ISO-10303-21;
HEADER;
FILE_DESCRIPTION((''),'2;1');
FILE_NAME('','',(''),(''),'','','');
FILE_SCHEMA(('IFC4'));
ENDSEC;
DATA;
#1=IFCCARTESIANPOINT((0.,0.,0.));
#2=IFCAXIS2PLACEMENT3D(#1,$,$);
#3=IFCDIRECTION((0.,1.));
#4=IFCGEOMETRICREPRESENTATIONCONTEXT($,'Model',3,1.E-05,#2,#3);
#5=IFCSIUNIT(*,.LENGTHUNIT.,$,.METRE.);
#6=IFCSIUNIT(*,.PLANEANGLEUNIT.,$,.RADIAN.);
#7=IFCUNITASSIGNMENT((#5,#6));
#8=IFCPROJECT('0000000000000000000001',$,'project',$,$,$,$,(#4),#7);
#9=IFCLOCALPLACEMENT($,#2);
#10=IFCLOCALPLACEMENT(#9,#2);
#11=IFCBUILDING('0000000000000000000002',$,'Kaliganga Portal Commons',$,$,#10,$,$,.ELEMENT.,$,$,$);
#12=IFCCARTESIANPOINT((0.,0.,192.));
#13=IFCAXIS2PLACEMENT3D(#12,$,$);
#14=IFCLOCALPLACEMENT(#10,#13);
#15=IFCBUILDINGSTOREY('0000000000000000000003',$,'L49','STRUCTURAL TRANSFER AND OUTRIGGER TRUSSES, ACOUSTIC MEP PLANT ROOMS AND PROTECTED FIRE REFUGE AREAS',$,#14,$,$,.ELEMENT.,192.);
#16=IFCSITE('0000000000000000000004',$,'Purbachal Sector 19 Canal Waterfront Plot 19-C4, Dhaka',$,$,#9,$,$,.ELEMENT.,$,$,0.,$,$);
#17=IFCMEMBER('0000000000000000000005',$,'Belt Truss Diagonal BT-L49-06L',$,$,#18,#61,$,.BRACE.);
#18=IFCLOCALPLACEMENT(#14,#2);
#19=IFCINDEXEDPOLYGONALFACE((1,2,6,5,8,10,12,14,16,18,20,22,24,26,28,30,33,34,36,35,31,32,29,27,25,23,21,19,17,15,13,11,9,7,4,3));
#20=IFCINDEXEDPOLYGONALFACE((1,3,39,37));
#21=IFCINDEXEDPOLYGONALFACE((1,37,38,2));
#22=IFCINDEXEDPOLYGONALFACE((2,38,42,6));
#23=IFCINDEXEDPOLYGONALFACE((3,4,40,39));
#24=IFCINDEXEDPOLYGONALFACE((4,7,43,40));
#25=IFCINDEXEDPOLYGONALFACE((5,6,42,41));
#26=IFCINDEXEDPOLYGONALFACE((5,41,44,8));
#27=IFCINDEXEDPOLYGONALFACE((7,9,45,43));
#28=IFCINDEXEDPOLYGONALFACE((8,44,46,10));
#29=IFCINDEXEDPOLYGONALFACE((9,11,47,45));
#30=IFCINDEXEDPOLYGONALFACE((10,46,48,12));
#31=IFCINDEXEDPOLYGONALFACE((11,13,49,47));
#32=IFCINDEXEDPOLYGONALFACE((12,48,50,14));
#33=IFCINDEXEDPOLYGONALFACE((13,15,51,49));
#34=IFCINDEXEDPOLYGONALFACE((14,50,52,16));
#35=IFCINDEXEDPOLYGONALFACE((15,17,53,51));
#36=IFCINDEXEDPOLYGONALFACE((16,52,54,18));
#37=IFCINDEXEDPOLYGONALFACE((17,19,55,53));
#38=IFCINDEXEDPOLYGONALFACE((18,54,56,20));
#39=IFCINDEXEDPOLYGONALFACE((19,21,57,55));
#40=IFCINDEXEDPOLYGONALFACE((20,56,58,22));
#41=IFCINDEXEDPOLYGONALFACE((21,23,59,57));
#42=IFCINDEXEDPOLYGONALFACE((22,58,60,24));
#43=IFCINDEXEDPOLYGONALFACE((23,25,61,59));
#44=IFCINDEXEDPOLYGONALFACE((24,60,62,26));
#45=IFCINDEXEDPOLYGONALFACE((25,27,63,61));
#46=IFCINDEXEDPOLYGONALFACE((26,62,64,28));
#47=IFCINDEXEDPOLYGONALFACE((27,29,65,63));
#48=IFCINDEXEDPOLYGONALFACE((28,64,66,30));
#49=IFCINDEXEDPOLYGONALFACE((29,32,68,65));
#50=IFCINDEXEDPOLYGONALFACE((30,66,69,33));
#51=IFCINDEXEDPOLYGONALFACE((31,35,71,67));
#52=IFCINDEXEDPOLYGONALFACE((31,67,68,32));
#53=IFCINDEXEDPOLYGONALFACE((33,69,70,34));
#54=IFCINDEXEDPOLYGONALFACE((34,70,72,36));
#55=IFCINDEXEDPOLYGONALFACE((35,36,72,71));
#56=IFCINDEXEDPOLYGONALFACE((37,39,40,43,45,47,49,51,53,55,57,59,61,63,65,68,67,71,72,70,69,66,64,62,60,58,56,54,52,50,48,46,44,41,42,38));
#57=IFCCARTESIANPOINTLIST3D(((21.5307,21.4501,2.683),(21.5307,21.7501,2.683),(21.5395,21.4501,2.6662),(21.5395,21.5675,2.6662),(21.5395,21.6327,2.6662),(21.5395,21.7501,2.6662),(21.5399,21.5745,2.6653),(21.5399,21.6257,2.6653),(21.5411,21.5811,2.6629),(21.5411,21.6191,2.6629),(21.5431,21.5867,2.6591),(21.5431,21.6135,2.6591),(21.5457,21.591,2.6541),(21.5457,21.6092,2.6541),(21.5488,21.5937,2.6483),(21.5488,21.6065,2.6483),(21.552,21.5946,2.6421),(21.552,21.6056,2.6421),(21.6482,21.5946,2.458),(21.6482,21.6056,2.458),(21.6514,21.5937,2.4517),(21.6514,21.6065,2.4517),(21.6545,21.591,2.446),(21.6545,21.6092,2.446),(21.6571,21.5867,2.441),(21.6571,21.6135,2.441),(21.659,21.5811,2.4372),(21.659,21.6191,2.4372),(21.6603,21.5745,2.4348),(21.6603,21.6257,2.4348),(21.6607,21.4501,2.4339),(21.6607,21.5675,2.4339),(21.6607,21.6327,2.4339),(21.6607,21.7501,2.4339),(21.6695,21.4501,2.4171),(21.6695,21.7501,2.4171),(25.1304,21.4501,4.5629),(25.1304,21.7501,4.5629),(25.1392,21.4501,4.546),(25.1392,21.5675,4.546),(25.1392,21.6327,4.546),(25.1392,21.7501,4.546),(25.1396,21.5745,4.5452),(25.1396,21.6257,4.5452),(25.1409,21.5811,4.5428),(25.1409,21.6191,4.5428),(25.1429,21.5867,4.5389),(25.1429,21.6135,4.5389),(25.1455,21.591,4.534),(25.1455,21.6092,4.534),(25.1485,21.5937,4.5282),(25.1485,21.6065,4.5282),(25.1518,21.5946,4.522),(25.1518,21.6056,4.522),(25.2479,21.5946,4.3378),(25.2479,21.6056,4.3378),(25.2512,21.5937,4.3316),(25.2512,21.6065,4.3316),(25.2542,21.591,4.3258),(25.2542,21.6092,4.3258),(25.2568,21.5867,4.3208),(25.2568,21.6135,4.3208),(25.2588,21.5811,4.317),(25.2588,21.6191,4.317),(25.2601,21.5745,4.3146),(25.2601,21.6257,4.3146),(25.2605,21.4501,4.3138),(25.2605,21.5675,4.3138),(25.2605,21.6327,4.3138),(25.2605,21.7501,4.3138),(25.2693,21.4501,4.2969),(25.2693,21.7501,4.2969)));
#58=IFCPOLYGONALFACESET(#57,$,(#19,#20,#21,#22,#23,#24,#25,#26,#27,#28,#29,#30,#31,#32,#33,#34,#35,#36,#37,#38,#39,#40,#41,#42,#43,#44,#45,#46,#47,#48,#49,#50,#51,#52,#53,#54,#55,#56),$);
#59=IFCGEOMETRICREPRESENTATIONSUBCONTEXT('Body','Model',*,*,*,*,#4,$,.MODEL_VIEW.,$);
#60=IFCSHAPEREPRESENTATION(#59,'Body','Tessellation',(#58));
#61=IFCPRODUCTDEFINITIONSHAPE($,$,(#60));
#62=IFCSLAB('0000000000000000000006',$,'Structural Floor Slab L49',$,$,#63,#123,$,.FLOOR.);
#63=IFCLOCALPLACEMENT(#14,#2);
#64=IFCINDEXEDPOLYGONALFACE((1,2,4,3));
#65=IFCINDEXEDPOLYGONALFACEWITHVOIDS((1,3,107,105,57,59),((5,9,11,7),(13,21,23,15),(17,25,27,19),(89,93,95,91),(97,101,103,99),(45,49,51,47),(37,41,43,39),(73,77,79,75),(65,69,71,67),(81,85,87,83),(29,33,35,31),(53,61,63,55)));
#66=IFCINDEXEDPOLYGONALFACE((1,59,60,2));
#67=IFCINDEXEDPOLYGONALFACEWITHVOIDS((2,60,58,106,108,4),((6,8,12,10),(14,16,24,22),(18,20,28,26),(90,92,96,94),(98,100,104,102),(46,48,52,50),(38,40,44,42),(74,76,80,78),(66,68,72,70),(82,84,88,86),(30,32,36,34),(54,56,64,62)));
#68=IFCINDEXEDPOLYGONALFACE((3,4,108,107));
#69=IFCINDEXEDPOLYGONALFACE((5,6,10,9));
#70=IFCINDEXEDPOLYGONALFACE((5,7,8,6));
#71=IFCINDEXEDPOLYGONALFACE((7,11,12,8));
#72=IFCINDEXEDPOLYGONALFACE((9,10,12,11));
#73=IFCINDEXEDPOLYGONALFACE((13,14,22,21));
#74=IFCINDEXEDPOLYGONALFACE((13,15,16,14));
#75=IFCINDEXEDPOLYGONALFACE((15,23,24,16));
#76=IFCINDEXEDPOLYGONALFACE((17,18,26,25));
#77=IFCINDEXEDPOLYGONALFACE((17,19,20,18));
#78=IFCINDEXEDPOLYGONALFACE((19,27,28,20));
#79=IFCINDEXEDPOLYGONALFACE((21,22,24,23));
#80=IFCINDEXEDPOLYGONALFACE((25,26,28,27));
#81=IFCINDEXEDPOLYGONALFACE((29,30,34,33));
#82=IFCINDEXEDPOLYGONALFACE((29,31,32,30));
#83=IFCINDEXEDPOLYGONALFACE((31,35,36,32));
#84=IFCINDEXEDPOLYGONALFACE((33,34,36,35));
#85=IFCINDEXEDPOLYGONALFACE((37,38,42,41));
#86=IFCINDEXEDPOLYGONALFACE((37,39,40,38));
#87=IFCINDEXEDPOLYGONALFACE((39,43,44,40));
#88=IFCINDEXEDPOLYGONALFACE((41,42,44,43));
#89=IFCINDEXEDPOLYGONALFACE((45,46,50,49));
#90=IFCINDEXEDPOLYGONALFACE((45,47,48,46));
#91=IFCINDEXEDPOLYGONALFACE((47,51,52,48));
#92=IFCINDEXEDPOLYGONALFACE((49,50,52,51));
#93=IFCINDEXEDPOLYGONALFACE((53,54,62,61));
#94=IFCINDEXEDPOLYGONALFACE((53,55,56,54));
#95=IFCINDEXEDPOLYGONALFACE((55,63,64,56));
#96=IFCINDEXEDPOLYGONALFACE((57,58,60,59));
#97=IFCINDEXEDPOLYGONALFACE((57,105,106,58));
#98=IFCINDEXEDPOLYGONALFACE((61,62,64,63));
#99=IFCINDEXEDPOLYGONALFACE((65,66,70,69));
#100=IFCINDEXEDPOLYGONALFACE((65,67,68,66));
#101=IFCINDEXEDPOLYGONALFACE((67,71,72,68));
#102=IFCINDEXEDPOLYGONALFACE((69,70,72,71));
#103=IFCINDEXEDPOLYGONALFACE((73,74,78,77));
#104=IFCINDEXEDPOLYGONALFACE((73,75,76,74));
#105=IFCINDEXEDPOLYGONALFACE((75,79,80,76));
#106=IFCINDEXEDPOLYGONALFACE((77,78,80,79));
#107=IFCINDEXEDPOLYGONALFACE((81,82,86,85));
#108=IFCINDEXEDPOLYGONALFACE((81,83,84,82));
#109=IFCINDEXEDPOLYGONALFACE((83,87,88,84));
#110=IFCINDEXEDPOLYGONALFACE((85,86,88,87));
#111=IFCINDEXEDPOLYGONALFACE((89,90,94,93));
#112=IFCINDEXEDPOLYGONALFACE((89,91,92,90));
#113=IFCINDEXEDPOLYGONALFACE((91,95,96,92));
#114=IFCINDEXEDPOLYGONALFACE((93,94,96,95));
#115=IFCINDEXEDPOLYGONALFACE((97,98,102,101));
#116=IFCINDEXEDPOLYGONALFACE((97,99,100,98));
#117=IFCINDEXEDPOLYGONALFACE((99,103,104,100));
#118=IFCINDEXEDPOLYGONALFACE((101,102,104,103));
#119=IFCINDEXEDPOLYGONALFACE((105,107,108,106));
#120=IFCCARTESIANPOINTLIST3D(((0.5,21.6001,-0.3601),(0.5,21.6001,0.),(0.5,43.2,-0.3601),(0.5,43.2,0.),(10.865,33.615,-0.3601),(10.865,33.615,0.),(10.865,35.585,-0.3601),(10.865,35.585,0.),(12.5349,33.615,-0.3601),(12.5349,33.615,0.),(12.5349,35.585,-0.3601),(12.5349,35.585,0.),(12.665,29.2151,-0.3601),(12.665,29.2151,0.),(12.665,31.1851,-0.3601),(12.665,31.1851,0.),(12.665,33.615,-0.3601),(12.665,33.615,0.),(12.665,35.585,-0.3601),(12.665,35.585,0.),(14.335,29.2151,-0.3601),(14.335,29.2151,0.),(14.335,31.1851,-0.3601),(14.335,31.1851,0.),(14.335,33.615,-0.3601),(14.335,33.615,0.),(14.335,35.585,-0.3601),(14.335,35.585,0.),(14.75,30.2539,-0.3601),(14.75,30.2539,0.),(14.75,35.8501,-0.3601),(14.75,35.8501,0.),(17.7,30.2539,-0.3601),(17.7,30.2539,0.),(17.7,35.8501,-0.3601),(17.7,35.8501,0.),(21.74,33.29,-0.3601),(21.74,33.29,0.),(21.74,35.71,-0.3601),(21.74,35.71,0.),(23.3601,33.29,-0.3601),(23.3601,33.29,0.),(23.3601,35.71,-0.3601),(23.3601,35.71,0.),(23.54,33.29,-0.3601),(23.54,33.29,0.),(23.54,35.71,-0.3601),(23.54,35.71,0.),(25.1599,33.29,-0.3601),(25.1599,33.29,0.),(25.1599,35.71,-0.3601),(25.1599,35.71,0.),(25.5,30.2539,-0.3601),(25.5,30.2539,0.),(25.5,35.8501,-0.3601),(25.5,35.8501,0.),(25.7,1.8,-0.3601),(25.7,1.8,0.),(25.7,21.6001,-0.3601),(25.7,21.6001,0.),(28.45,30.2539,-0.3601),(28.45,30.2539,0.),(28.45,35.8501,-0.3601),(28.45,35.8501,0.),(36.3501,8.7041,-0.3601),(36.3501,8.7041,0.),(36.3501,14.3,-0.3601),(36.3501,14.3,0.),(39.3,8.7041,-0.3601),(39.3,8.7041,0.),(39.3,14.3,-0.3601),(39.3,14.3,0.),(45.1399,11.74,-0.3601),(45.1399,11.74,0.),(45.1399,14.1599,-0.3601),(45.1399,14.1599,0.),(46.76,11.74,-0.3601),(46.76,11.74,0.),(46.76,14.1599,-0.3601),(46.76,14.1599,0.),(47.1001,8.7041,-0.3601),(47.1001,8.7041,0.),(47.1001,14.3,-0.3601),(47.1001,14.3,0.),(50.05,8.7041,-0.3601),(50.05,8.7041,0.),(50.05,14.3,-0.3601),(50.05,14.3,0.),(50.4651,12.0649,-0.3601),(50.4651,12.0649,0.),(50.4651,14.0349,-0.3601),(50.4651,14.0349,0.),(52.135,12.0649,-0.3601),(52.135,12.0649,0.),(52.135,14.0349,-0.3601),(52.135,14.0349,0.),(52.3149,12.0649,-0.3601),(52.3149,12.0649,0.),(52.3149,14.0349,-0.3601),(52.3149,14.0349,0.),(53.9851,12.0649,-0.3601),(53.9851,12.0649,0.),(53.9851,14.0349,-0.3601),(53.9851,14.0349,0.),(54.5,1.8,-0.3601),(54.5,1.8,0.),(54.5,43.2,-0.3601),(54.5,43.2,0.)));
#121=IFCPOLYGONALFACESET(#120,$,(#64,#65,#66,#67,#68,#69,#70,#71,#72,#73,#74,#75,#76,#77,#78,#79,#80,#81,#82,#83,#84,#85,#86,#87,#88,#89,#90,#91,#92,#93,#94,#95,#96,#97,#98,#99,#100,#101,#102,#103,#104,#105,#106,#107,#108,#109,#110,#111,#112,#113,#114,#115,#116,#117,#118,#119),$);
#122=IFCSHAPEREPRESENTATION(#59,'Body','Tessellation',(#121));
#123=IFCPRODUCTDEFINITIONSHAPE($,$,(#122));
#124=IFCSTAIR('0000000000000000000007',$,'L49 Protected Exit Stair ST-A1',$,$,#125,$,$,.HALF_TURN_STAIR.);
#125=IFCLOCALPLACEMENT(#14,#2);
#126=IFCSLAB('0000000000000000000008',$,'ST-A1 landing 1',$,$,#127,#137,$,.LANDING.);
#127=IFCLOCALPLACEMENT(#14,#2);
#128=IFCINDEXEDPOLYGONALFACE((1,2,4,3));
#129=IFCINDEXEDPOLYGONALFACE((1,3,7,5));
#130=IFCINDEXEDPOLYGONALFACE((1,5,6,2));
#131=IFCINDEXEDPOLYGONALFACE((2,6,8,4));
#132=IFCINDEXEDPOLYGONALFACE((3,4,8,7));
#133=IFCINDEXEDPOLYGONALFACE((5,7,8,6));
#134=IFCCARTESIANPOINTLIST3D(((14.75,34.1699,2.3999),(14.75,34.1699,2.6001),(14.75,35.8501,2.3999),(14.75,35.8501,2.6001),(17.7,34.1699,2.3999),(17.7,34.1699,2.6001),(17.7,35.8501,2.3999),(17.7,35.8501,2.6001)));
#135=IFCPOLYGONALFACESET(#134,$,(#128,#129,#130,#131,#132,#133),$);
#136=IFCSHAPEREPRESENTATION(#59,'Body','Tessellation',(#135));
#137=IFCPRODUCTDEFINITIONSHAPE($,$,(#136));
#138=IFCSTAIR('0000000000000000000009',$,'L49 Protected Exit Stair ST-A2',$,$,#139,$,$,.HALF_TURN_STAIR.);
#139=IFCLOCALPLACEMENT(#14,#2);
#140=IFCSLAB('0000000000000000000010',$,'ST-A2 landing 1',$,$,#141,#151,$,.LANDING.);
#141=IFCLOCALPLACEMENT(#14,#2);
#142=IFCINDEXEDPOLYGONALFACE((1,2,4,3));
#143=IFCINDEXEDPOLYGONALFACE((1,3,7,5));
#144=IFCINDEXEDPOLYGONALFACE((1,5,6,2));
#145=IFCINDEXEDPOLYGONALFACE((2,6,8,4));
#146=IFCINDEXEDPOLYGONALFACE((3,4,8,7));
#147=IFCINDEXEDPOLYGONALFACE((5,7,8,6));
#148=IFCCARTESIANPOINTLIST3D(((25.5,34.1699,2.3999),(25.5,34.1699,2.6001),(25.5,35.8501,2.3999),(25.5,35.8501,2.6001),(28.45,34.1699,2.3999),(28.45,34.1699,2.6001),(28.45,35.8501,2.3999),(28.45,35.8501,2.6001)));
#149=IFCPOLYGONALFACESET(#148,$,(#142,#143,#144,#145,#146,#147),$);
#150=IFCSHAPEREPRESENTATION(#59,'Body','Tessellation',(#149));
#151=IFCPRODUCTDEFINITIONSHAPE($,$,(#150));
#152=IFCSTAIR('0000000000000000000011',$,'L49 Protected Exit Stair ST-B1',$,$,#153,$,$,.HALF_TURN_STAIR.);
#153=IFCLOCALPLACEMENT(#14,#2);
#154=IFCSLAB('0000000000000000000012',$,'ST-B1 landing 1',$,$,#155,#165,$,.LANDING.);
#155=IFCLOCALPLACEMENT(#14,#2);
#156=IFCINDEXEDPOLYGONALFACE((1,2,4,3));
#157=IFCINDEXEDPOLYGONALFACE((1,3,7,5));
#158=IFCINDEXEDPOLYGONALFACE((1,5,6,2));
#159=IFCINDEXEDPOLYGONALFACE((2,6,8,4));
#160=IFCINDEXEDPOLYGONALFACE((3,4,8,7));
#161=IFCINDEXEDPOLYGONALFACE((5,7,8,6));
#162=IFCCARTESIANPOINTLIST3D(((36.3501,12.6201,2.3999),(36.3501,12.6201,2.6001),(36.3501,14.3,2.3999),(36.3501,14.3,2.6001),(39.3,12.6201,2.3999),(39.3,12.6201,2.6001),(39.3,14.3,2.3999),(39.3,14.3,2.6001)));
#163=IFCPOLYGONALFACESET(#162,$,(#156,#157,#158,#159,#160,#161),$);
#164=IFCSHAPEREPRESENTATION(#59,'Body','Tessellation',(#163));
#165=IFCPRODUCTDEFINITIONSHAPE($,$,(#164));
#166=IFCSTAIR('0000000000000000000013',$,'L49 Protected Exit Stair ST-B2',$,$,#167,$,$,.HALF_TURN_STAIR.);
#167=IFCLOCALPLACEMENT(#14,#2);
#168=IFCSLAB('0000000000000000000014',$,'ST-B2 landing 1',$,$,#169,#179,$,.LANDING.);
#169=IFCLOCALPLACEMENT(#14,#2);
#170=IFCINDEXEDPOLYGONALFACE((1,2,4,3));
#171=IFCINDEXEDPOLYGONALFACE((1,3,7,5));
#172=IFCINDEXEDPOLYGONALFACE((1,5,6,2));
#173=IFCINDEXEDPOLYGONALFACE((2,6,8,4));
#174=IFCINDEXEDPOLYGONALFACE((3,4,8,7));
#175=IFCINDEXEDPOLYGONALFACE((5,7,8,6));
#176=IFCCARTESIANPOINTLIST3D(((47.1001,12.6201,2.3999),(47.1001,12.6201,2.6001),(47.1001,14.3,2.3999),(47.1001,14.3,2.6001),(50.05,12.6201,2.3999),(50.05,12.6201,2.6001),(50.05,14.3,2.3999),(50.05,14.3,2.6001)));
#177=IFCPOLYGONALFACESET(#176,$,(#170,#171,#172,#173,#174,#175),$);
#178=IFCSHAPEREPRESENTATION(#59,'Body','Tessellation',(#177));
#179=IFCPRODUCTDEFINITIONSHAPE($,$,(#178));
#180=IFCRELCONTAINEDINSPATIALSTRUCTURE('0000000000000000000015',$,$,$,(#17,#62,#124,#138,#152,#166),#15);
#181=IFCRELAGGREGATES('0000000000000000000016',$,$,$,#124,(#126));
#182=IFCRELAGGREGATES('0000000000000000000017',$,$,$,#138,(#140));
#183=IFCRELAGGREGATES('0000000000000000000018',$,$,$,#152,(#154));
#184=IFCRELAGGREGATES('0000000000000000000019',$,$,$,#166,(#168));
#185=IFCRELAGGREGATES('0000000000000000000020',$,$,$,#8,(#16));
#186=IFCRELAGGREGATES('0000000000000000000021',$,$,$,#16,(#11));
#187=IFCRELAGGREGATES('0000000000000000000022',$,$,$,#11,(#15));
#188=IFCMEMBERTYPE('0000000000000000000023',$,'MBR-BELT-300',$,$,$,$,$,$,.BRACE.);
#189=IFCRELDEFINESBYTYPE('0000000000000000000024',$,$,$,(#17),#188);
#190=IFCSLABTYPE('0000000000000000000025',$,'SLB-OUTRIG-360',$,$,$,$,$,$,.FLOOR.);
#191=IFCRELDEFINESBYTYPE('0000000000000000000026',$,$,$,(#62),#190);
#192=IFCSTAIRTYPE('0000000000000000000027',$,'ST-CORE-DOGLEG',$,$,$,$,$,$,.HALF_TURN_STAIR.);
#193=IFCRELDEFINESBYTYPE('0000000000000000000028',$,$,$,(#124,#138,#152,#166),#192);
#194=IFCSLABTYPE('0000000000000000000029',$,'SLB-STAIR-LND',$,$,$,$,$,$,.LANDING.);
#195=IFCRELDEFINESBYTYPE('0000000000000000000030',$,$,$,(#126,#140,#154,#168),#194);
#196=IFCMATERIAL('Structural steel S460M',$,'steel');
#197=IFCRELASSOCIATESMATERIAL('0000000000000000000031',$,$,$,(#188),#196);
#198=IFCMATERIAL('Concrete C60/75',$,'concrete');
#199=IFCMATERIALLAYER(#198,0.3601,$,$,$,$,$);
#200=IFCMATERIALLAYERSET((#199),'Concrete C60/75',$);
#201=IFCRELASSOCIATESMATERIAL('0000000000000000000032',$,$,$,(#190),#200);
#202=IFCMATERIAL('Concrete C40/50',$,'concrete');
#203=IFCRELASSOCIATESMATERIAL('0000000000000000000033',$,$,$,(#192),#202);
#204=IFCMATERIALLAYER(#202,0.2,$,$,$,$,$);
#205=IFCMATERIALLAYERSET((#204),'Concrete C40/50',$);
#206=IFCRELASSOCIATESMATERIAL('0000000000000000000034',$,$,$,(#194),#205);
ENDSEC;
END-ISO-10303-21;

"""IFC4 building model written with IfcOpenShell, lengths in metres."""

from ifc_helpers import new_model, si_unit, direction, frame, origin, origin_2d, place, context, subcontext, project, spatial, polyline, i_section, outline, extrude, source, transform, mapped, material, layer, layer_set, material_profile, profile_set, type_object, element, aggregate, save


model = new_model("IFC4")

# Units and contexts
model_context = context("Model", 3, precision=1e-05, world=origin(), true_north=direction((0.0, 1.0)))
body_context = subcontext(model_context, "Body", "Model", "MODEL_VIEW")
ifc_project = project(units=[si_unit("LENGTHUNIT", "METRE"), si_unit("PLANEANGLEUNIT", "RADIAN")], contexts=[model_context])

# Site, building, storey
site_placement = place(None, origin())
site = spatial("IfcSite", under=ifc_project, at=site_placement, Name="Purbachal Sector 19 Canal Waterfront Plot 19-C4, Dhaka", CompositionType="ELEMENT", RefElevation=0.0)
building_placement = place(site_placement, origin())
building = spatial("IfcBuilding", under=site, at=building_placement, Name="Kaliganga Portal Commons", CompositionType="ELEMENT")
storey_placement = place(building_placement, frame((0.0, 0.0, 192.0)))
storey = spatial("IfcBuildingStorey", under=building, at=storey_placement, Name="L49", Description="STRUCTURAL TRANSFER AND OUTRIGGER TRUSSES, ACOUSTIC MEP PLANT ROOMS AND PROTECTED FIRE REFUGE AREAS", CompositionType="ELEMENT", Elevation=192.0)

# Shared definitions
ifc_material_1 = material(Name="Concrete C60/75", Category="concrete")
ifc_material_2 = material(Name="Structural steel S460M", Category="steel")

# Member
ifc_material_profile_1 = material_profile(ifc_material_2, i_section(OverallWidth=0.3, OverallDepth=0.3, WebThickness=0.011, FlangeThickness=0.019, FilletRadius=0.0271, at=origin_2d()), Name="HE 300 B")
ifc_profile_set_1 = profile_set([ifc_material_profile_1], Name="Structural steel S460M wide-flange")
member_type_1 = type_object("IfcMemberType", Name="MBR-BELT-300", PredefinedType="BRACE", material=ifc_profile_set_1)
shared_shape_1 = source(origin(), body_context, "Body", "SweptSolid", [
    extrude(i_section(OverallWidth=0.3, OverallDepth=0.3, WebThickness=0.011, FlangeThickness=0.019, FilletRadius=0.0271, at=origin_2d()), origin(), (0.0, 0.0, 1.0), 4.061),
])
member_1_placement = place(storey_placement, frame((21.6001, 21.6001, 2.55), z_axis=(0.886413, 0.0, 0.462895), x_axis=(0.0, 1.0, 0.0)))
element("IfcMember", 1, at=member_1_placement, inside=storey, type_object=member_type_1, Name="Belt Truss Diagonal BT-L49-06L", PredefinedType="BRACE", context=body_context, shape_type="MappedRepresentation", body=[
    mapped(shared_shape_1, transform((0.0, 0.0, 0.0), x_axis=(1.0, 0.0, 0.0), y_axis=(0.0, 1.0, 0.0), z_axis=(0.0, 0.0, 1.0), scale=1.0)),
])

# Slab
ifc_layer_1 = layer(ifc_material_1, 0.3601)
ifc_layer_set_1 = layer_set([ifc_layer_1], Name="Concrete C60/75")
slab_type_1 = type_object("IfcSlabType", Name="SLB-OUTRIG-360", PredefinedType="FLOOR", material=ifc_layer_set_1)
slab_1_placement = place(storey_placement, frame((0.0, 0.0, -0.3601)))
element("IfcSlab", 2, at=slab_1_placement, inside=storey, type_object=slab_type_1, Name="Structural Floor Slab L49", PredefinedType="FLOOR", context=body_context, shape_type="SweptSolid", body=[
    extrude(outline(polyline([(25.7, 1.8), (54.5, 1.8), (54.5, 43.2), (0.5, 43.2), (0.5, 21.6001), (25.7, 21.6001), (25.7, 1.8)]), holes=[polyline([(14.75, 30.2539), (14.75, 35.8501), (17.7, 35.8501), (17.7, 30.2539), (14.75, 30.2539)]), polyline([(25.5, 30.2539), (25.5, 35.8501), (28.45, 35.8501), (28.45, 30.2539), (25.5, 30.2539)]), polyline([(36.3501, 8.7041), (36.3501, 14.3), (39.3, 14.3), (39.3, 8.7041), (36.3501, 8.7041)]), polyline([(47.1001, 8.7041), (47.1001, 14.3), (50.05, 14.3), (50.05, 8.7041), (47.1001, 8.7041)]), polyline([(12.665, 33.615), (12.665, 35.585), (14.335, 35.585), (14.335, 33.615), (12.665, 33.615)]), polyline([(12.665, 29.2151), (12.665, 31.1851), (14.335, 31.1851), (14.335, 29.2151), (12.665, 29.2151)]), polyline([(10.865, 33.615), (10.865, 35.585), (12.5349, 35.585), (12.5349, 33.615), (10.865, 33.615)]), polyline([(21.74, 33.29), (21.74, 35.71), (23.3601, 35.71), (23.3601, 33.29), (21.74, 33.29)]), polyline([(23.54, 33.29), (23.54, 35.71), (25.1599, 35.71), (25.1599, 33.29), (23.54, 33.29)]), polyline([(50.4651, 12.0649), (50.4651, 14.0349), (52.135, 14.0349), (52.135, 12.0649), (50.4651, 12.0649)]), polyline([(52.3149, 12.0649), (52.3149, 14.0349), (53.9851, 14.0349), (53.9851, 12.0649), (52.3149, 12.0649)]), polyline([(45.1399, 11.74), (45.1399, 14.1599), (46.76, 14.1599), (46.76, 11.74), (45.1399, 11.74)])]), origin(), (0.0, 0.0, 1.0), 0.3601),
])

# Stairs, slabs
ifc_material_3 = material(Name="Concrete C40/50", Category="concrete")
stair_type = type_object("IfcStairType", Name="ST-CORE-DOGLEG", PredefinedType="HALF_TURN_STAIR", material=ifc_material_3)
stair_1_placement = place(storey_placement, origin())
stair_1 = element("IfcStair", 3, at=stair_1_placement, inside=storey, type_object=stair_type, Name="L49 Protected Exit Stair ST-A1", PredefinedType="HALF_TURN_STAIR")
ifc_layer_2 = layer(ifc_material_3, 0.2)
ifc_layer_set_2 = layer_set([ifc_layer_2], Name="Concrete C40/50")
slab_type_2 = type_object("IfcSlabType", Name="SLB-STAIR-LND", PredefinedType="LANDING", material=ifc_layer_set_2)
slab_2_placement = place(storey_placement, frame((0.0, 0.0, 2.3999)))
slab_2 = element("IfcSlab", 4, at=slab_2_placement, type_object=slab_type_2, Name="ST-A1 landing 1", PredefinedType="LANDING", context=body_context, shape_type="SweptSolid", body=[
    extrude(outline(polyline([(17.7, 34.1699), (17.7, 35.8501), (14.75, 35.8501), (14.75, 34.1699), (17.7, 34.1699)])), origin(), (0.0, 0.0, 1.0), 0.2002),
])
aggregate(stair_1, [slab_2])
stair_2_placement = place(storey_placement, origin())
stair_2 = element("IfcStair", 5, at=stair_2_placement, inside=storey, type_object=stair_type, Name="L49 Protected Exit Stair ST-A2", PredefinedType="HALF_TURN_STAIR")
slab_3_placement = place(storey_placement, frame((0.0, 0.0, 2.3999)))
slab_3 = element("IfcSlab", 6, at=slab_3_placement, type_object=slab_type_2, Name="ST-A2 landing 1", PredefinedType="LANDING", context=body_context, shape_type="SweptSolid", body=[
    extrude(outline(polyline([(28.45, 34.1699), (28.45, 35.8501), (25.5, 35.8501), (25.5, 34.1699), (28.45, 34.1699)])), origin(), (0.0, 0.0, 1.0), 0.2002),
])
aggregate(stair_2, [slab_3])
stair_3_placement = place(storey_placement, origin())
stair_3 = element("IfcStair", 7, at=stair_3_placement, inside=storey, type_object=stair_type, Name="L49 Protected Exit Stair ST-B1", PredefinedType="HALF_TURN_STAIR")
slab_4_placement = place(storey_placement, frame((0.0, 0.0, 2.3999)))
slab_4 = element("IfcSlab", 8, at=slab_4_placement, type_object=slab_type_2, Name="ST-B1 landing 1", PredefinedType="LANDING", context=body_context, shape_type="SweptSolid", body=[
    extrude(outline(polyline([(39.3, 12.6201), (39.3, 14.3), (36.3501, 14.3), (36.3501, 12.6201), (39.3, 12.6201)])), origin(), (0.0, 0.0, 1.0), 0.2002),
])
aggregate(stair_3, [slab_4])
stair_4_placement = place(storey_placement, origin())
stair_4 = element("IfcStair", 9, at=stair_4_placement, inside=storey, type_object=stair_type, Name="L49 Protected Exit Stair ST-B2", PredefinedType="HALF_TURN_STAIR")
slab_5_placement = place(storey_placement, frame((0.0, 0.0, 2.3999)))
slab_5 = element("IfcSlab", 10, at=slab_5_placement, type_object=slab_type_2, Name="ST-B2 landing 1", PredefinedType="LANDING", context=body_context, shape_type="SweptSolid", body=[
    extrude(outline(polyline([(50.05, 12.6201), (50.05, 14.3), (47.1001, 14.3), (47.1001, 12.6201), (50.05, 12.6201)])), origin(), (0.0, 0.0, 1.0), 0.2002),
])
aggregate(stair_4, [slab_5])

save(model, "model.ifc")
